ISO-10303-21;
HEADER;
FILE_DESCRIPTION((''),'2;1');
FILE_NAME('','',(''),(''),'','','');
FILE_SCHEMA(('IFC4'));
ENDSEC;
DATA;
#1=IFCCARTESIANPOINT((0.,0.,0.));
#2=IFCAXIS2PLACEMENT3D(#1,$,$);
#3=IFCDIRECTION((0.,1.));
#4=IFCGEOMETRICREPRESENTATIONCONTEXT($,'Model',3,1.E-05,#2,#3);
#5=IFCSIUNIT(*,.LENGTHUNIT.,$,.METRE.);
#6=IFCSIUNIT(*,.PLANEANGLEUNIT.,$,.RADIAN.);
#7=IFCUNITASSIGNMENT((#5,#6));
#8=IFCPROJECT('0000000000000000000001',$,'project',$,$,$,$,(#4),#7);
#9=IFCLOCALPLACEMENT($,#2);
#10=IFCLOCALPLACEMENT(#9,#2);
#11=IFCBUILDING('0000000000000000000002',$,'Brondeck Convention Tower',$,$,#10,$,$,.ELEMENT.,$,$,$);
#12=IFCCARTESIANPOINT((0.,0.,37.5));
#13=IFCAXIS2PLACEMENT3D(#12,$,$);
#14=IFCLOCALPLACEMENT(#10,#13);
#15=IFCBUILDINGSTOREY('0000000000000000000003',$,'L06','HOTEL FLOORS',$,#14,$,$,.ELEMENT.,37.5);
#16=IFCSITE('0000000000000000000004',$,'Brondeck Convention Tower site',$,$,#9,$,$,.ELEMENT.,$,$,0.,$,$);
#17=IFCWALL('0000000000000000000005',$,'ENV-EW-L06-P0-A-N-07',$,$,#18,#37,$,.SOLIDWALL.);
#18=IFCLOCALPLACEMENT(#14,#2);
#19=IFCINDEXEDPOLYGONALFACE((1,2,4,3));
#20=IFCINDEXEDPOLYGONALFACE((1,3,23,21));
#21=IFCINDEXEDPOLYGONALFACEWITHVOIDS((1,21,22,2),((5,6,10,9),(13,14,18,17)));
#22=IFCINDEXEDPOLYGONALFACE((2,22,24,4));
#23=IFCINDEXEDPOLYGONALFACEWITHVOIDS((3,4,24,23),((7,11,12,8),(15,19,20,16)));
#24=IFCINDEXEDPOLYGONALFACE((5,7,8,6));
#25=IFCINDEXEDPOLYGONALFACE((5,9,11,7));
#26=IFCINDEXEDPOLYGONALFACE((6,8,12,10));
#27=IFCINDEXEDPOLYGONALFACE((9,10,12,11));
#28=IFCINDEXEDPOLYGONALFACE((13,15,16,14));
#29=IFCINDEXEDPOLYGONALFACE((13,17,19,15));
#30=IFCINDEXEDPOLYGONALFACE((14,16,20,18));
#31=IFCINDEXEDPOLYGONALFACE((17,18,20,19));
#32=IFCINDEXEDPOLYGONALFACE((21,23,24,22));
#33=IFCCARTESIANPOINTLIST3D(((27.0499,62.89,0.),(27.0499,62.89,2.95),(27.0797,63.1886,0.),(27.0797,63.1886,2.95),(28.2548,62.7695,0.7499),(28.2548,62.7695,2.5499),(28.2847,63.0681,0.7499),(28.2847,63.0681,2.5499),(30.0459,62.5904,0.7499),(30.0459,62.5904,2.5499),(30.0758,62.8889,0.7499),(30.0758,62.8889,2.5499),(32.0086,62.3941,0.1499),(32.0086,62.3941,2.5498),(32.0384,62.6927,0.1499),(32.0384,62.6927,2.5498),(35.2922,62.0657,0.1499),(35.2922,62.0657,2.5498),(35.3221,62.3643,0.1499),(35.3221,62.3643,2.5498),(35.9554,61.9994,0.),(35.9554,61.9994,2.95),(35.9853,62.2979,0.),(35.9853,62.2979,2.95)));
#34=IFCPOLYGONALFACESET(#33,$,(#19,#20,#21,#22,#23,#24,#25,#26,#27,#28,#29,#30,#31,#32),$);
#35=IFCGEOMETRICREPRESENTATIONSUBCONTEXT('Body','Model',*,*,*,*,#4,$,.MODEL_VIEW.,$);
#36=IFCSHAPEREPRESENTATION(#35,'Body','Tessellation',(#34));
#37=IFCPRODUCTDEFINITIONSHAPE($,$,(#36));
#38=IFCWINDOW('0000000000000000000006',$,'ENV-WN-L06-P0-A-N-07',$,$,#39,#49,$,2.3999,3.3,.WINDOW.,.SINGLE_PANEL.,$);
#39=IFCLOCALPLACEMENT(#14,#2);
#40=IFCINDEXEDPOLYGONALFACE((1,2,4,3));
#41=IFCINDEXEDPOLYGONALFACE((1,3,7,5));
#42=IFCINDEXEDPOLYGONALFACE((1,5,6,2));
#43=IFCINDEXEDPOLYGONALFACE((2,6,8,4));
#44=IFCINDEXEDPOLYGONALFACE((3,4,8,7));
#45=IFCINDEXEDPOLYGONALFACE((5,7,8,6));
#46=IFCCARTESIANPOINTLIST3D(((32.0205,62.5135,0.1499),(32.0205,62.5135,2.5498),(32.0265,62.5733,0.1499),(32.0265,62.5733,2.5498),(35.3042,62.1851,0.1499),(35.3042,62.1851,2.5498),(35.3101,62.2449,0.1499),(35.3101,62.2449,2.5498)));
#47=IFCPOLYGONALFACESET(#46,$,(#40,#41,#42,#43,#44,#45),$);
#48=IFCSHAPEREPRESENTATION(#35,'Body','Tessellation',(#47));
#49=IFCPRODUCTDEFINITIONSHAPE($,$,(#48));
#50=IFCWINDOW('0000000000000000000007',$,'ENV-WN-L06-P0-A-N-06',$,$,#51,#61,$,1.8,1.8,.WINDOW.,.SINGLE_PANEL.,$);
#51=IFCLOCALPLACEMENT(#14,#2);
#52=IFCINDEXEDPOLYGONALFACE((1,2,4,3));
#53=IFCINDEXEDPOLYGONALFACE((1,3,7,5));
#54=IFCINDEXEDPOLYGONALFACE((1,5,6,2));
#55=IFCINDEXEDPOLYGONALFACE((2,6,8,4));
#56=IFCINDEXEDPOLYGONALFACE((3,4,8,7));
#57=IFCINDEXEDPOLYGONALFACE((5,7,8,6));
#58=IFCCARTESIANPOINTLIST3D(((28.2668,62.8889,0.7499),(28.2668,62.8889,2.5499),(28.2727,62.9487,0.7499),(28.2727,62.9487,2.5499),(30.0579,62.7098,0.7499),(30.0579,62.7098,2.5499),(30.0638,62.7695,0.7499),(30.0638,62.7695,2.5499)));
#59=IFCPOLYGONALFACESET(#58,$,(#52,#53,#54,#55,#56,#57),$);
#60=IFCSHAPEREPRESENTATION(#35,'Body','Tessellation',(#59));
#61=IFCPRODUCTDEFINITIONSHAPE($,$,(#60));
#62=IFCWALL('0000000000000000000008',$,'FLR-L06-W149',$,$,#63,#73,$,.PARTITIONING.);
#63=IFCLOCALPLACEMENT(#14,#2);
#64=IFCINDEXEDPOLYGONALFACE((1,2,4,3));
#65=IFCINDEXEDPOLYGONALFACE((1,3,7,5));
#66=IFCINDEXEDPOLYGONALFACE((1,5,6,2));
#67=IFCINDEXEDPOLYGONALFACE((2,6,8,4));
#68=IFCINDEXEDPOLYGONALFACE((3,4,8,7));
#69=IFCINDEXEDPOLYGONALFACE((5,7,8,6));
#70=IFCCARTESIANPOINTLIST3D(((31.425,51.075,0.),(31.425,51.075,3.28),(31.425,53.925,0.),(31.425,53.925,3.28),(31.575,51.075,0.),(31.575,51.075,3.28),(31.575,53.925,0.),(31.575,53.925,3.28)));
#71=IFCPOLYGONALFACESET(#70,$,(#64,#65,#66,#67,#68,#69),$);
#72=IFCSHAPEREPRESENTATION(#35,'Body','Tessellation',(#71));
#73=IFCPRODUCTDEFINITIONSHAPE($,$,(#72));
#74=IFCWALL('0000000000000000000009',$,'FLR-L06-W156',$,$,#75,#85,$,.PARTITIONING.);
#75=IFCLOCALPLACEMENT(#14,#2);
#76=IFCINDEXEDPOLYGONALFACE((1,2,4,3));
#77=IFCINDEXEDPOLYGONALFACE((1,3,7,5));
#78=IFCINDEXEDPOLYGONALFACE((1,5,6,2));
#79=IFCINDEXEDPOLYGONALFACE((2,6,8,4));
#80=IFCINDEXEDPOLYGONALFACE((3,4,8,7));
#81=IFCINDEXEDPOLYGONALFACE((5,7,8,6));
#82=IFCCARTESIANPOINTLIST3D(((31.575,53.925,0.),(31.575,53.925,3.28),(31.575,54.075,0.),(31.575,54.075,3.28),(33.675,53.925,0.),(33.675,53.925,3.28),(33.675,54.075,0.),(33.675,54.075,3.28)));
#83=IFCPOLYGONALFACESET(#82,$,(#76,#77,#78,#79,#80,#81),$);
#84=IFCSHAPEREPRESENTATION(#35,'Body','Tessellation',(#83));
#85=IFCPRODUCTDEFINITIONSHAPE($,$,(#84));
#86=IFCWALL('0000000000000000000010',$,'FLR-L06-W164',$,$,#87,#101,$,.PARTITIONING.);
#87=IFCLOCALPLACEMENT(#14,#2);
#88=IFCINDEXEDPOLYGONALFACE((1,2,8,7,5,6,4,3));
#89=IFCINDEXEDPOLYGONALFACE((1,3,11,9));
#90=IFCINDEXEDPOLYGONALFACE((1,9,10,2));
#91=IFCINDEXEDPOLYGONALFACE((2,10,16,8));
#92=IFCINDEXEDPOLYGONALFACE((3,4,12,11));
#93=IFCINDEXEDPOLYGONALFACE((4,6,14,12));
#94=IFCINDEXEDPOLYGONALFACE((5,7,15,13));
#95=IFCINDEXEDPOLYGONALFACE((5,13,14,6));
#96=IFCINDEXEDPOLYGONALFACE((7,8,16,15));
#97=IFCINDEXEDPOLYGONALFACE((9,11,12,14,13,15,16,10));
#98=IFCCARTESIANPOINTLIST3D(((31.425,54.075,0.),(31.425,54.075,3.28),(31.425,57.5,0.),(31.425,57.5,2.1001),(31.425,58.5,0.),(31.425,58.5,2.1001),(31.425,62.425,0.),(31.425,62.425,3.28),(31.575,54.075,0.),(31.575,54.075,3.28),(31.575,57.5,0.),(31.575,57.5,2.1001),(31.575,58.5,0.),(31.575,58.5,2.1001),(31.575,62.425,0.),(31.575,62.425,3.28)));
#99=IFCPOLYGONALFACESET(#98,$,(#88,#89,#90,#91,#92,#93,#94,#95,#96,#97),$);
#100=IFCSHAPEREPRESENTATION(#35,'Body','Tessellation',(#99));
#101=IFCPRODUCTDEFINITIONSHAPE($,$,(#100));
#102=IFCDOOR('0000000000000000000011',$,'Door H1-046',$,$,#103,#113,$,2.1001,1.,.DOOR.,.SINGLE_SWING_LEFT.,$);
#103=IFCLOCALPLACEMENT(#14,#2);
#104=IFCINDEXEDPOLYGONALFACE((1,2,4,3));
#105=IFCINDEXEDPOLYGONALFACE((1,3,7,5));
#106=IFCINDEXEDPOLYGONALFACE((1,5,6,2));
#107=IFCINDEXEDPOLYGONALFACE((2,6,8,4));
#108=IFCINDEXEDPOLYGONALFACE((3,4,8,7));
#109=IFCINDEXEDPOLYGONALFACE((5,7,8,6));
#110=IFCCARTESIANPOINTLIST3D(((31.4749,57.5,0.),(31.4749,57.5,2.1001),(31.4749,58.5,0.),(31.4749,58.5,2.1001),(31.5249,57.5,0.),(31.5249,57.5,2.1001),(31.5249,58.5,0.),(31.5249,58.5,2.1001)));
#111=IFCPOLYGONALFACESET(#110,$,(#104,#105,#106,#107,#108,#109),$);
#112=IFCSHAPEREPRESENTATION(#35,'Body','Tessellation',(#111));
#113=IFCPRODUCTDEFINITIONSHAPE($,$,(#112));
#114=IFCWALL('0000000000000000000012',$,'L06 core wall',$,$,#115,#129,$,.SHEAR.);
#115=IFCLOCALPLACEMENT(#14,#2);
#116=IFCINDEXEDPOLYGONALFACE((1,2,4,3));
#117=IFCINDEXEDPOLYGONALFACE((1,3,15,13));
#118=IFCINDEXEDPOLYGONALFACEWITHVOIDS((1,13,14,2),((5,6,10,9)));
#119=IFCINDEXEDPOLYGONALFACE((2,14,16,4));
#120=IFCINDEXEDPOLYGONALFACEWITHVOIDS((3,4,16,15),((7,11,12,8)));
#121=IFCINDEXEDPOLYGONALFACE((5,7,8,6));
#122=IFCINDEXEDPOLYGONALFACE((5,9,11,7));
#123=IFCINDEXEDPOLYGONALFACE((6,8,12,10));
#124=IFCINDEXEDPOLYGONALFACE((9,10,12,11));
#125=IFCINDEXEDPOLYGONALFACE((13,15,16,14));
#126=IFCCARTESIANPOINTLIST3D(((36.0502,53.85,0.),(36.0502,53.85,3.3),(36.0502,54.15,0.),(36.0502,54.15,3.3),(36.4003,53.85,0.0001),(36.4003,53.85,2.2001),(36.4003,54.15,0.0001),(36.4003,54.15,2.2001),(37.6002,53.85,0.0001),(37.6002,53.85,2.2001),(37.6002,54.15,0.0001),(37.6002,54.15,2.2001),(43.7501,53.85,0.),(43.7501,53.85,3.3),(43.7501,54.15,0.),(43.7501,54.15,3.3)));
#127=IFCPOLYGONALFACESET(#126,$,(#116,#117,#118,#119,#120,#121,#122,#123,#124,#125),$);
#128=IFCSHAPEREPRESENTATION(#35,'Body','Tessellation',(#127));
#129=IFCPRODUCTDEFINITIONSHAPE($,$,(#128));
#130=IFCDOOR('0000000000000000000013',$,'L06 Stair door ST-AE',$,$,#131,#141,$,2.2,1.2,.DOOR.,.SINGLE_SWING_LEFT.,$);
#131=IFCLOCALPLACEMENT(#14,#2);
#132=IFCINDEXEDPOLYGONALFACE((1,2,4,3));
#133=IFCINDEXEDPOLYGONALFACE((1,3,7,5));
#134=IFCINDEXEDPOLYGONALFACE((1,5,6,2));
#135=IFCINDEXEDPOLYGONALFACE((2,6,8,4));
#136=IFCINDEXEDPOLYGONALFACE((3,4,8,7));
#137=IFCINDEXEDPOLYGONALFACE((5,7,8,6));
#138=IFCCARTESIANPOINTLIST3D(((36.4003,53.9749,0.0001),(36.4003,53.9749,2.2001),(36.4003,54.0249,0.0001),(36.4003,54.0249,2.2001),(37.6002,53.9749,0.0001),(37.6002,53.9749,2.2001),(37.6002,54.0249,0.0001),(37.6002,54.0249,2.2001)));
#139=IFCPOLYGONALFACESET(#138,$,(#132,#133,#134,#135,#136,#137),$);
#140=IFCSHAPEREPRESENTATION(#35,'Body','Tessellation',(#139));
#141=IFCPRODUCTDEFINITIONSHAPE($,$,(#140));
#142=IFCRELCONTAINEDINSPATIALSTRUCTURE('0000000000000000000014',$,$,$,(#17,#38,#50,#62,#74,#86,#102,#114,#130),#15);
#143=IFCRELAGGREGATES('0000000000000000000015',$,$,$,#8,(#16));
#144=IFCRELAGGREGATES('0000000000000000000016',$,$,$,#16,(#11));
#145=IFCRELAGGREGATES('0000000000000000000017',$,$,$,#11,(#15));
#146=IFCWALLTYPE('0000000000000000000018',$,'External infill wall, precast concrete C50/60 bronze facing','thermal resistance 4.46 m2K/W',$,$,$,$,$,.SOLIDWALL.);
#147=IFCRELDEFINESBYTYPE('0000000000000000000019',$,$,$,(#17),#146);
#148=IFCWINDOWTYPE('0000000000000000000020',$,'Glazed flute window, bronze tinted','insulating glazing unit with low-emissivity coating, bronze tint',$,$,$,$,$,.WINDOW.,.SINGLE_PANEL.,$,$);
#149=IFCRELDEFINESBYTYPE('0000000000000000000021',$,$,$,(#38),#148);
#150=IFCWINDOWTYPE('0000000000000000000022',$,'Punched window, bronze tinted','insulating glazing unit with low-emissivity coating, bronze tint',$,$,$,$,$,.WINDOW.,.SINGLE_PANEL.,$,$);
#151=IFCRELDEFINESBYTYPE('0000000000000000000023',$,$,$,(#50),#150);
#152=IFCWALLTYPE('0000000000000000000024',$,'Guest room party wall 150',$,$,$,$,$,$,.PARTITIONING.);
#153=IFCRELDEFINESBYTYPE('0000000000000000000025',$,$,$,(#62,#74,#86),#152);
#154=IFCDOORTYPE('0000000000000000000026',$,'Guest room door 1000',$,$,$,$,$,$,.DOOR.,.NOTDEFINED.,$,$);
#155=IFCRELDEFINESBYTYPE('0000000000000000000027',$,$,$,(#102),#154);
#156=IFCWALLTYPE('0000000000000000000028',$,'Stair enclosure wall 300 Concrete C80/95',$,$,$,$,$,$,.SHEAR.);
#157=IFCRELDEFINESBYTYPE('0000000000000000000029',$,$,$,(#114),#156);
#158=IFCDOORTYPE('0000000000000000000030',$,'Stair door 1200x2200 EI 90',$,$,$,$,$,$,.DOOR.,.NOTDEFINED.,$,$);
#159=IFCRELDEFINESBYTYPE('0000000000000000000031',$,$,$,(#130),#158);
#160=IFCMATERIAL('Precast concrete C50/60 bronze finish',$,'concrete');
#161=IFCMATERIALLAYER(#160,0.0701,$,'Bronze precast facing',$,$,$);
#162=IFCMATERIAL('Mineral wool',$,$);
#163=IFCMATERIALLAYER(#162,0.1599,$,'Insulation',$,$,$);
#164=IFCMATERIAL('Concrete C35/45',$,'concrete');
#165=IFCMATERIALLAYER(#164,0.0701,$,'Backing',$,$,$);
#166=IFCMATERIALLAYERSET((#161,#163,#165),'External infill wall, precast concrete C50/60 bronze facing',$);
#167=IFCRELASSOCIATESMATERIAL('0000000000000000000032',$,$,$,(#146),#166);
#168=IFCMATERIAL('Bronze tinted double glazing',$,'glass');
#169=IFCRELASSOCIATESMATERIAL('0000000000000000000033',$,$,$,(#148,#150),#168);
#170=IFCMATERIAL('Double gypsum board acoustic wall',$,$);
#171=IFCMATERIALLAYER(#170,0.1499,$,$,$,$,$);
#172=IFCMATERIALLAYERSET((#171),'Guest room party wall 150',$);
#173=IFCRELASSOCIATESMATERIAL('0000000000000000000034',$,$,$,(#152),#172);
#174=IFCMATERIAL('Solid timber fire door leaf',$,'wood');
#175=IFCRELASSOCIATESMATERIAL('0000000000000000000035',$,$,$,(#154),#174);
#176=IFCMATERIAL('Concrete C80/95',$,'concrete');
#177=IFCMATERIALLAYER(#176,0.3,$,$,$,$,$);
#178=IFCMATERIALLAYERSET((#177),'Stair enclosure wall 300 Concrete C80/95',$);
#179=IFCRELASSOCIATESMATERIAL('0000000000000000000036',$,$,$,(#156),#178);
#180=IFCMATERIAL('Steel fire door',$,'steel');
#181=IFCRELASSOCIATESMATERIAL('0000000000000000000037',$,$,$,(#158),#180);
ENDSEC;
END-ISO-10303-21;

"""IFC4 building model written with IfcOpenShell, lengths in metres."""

from ifc_helpers import new_model, si_unit, direction, frame, frame_2d, origin, place, context, subcontext, project, spatial, rectangle, extrude, material, layer, layer_set, type_object, element, fill, save


model = new_model("IFC4")

# Units and contexts
model_context = context("Model", 3, precision=1e-05, world=origin(), true_north=direction((0.0, 1.0)))
body_context = subcontext(model_context, "Body", "Model", "MODEL_VIEW")
ifc_project = project(units=[si_unit("LENGTHUNIT", "METRE"), si_unit("PLANEANGLEUNIT", "RADIAN")], contexts=[model_context])

# Site, building, storey
site_placement = place(None, origin())
site = spatial("IfcSite", under=ifc_project, at=site_placement, Name="Brondeck Convention Tower site", CompositionType="ELEMENT", RefElevation=0.0)
building_placement = place(site_placement, origin())
building = spatial("IfcBuilding", under=site, at=building_placement, Name="Brondeck Convention Tower", CompositionType="ELEMENT")
storey_placement = place(building_placement, frame((0.0, 0.0, 37.5)))
storey = spatial("IfcBuildingStorey", under=building, at=storey_placement, Name="L06", Description="HOTEL FLOORS", CompositionType="ELEMENT", Elevation=37.5)

# Shared definitions
ifc_material_1 = material(Name="Concrete C80/95", Category="concrete")

# Wall, openings, windows
ifc_material_2 = material(Name="Precast concrete C50/60 bronze finish", Category="concrete")
ifc_layer_1 = layer(ifc_material_2, 0.0701, Name="Bronze precast facing")
ifc_material_3 = material(Name="Mineral wool")
ifc_layer_2 = layer(ifc_material_3, 0.1599, Name="Insulation")
ifc_material_4 = material(Name="Concrete C35/45", Category="concrete")
ifc_layer_3 = layer(ifc_material_4, 0.0701, Name="Backing")
ifc_layer_set_1 = layer_set([ifc_layer_1, ifc_layer_2, ifc_layer_3], Name="External infill wall, precast concrete C50/60 bronze facing")
wall_type_1 = type_object("IfcWallType", Name="External infill wall, precast concrete C50/60 bronze facing", Description="thermal resistance 4.46 m2K/W", PredefinedType="SOLIDWALL", material=ifc_layer_set_1)
ifc_material_5 = material(Name="Bronze tinted double glazing", Category="glass")
window_type_1 = type_object("IfcWindowType", Name="Glazed flute window, bronze tinted", Description="insulating glazing unit with low-emissivity coating, bronze tint", PartitioningType="SINGLE_PANEL", PredefinedType="WINDOW", material=ifc_material_5)
window_type_2 = type_object("IfcWindowType", Name="Punched window, bronze tinted", Description="insulating glazing unit with low-emissivity coating, bronze tint", PartitioningType="SINGLE_PANEL", PredefinedType="WINDOW", material=ifc_material_5)
wall_1_placement = place(storey_placement, frame((27.0647, 63.0393, 0.0), z_axis=(0.0, 0.0, 1.0), x_axis=(0.995036, -0.099512, 0.0)))
wall_1 = element("IfcWall", 1, at=wall_1_placement, inside=storey, type_object=wall_type_1, Name="ENV-EW-L06-P0-A-N-07", PredefinedType="SOLIDWALL", context=body_context, shape_type="SweptSolid", body=[
    extrude(rectangle(XDim=8.95, YDim=0.3, at=frame_2d((4.4751, 0.0))), origin(), (0.0, 0.0, 1.0), 2.95),
])
opening_1_placement = place(wall_1_placement, frame((1.2112, 0.0, 0.75)))
opening_1 = element("IfcOpeningElement", 2, at=opening_1_placement, cuts=wall_1, PredefinedType="OPENING", context=body_context, shape_type="SweptSolid", body=[
    extrude(rectangle(XDim=1.8, YDim=1.8, at=frame_2d((0.8999, 0.8999))), frame((0.0, 0.1599, 0.0), z_axis=(0.0, -1.0, 0.0), x_axis=(1.0, 0.0, 0.0)), (0.0, 0.0, 1.0), 0.3201),
])
opening_2_placement = place(wall_1_placement, frame((4.9836, 0.0, 0.1499)))
opening_2 = element("IfcOpeningElement", 3, at=opening_2_placement, cuts=wall_1, PredefinedType="OPENING", context=body_context, shape_type="SweptSolid", body=[
    extrude(rectangle(XDim=3.3, YDim=2.3999, at=frame_2d((1.6499, 1.2))), frame((0.0, 0.1599, 0.0), z_axis=(0.0, -1.0, 0.0), x_axis=(1.0, 0.0, 0.0)), (0.0, 0.0, 1.0), 0.3201),
])
window_1_placement = place(opening_2_placement, origin())
window_1 = element("IfcWindow", 4, at=window_1_placement, inside=storey, type_object=window_type_1, Name="ENV-WN-L06-P0-A-N-07", OverallHeight=2.3999, OverallWidth=3.3, PartitioningType="SINGLE_PANEL", PredefinedType="WINDOW", context=body_context, shape_type="SweptSolid", body=[
    extrude(rectangle(XDim=3.3, YDim=2.3999, at=frame_2d((1.6499, 1.2))), frame((0.0, 0.03, 0.0), z_axis=(0.0, -1.0, 0.0), x_axis=(1.0, 0.0, 0.0)), (0.0, 0.0, 1.0), 0.0601),
])
fill(opening_2, window_1)
window_2_placement = place(opening_1_placement, origin())
window_2 = element("IfcWindow", 5, at=window_2_placement, inside=storey, type_object=window_type_2, Name="ENV-WN-L06-P0-A-N-06", OverallHeight=1.8, OverallWidth=1.8, PartitioningType="SINGLE_PANEL", PredefinedType="WINDOW", context=body_context, shape_type="SweptSolid", body=[
    extrude(rectangle(XDim=1.8, YDim=1.8, at=frame_2d((0.8999, 0.8999))), frame((0.0, 0.03, 0.0), z_axis=(0.0, -1.0, 0.0), x_axis=(1.0, 0.0, 0.0)), (0.0, 0.0, 1.0), 0.0601),
])
fill(opening_1, window_2)

# Walls
ifc_material_6 = material(Name="Double gypsum board acoustic wall")
ifc_layer_4 = layer(ifc_material_6, 0.1499)
ifc_layer_set_2 = layer_set([ifc_layer_4], Name="Guest room party wall 150")
wall_type_2 = type_object("IfcWallType", Name="Guest room party wall 150", PredefinedType="PARTITIONING", material=ifc_layer_set_2)
wall_2_placement = place(storey_placement, frame((31.5, 53.925, 0.0), z_axis=(0.0, 0.0, 1.0), x_axis=(0.0, -1.0, 0.0)))
element("IfcWall", 6, at=wall_2_placement, inside=storey, type_object=wall_type_2, Name="FLR-L06-W149", PredefinedType="PARTITIONING", context=body_context, shape_type="SweptSolid", body=[
    extrude(rectangle(XDim=2.8501, YDim=0.1499, at=frame_2d((1.425, 0.0))), origin(), (0.0, 0.0, 1.0), 3.28),
])
wall_3_placement = place(storey_placement, frame((33.675, 54.0, 0.0), z_axis=(0.0, 0.0, 1.0), x_axis=(-1.0, 0.0, 0.0)))
element("IfcWall", 7, at=wall_3_placement, inside=storey, type_object=wall_type_2, Name="FLR-L06-W156", PredefinedType="PARTITIONING", context=body_context, shape_type="SweptSolid", body=[
    extrude(rectangle(XDim=2.1001, YDim=0.1499, at=frame_2d((1.05, 0.0))), origin(), (0.0, 0.0, 1.0), 3.28),
])

# Walls, openings, doors
wall_4_placement = place(storey_placement, frame((31.5, 62.425, 0.0), z_axis=(0.0, 0.0, 1.0), x_axis=(0.0, -1.0, 0.0)))
wall_4 = element("IfcWall", 8, at=wall_4_placement, inside=storey, type_object=wall_type_2, Name="FLR-L06-W164", PredefinedType="PARTITIONING", context=body_context, shape_type="SweptSolid", body=[
    extrude(rectangle(XDim=8.3501, YDim=0.1499, at=frame_2d((4.175, 0.0))), origin(), (0.0, 0.0, 1.0), 3.28),
])
opening_3_placement = place(wall_4_placement, frame((3.925, 0.0, 0.0)))
opening_3 = element("IfcOpeningElement", 9, at=opening_3_placement, cuts=wall_4, PredefinedType="OPENING", context=body_context, shape_type="SweptSolid", body=[
    extrude(rectangle(XDim=1.0, YDim=2.1001, at=frame_2d((0.5, 1.05))), frame((0.0, 0.085, 0.0), z_axis=(0.0, -1.0, 0.0), x_axis=(1.0, 0.0, 0.0)), (0.0, 0.0, 1.0), 0.1699),
])
ifc_material_7 = material(Name="Solid timber fire door leaf", Category="wood")
door_type_1 = type_object("IfcDoorType", Name="Guest room door 1000", OperationType="NOTDEFINED", PredefinedType="DOOR", material=ifc_material_7)
door_1_placement = place(opening_3_placement, origin())
door_1 = element("IfcDoor", 10, at=door_1_placement, inside=storey, type_object=door_type_1, Name="Door H1-046", OperationType="SINGLE_SWING_LEFT", OverallHeight=2.1001, OverallWidth=1.0, PredefinedType="DOOR", context=body_context, shape_type="SweptSolid", body=[
    extrude(rectangle(XDim=1.0, YDim=2.1001, at=frame_2d((0.5, 1.05))), frame((0.0, 0.0249, 0.0), z_axis=(0.0, -1.0, 0.0), x_axis=(1.0, 0.0, 0.0)), (0.0, 0.0, 1.0), 0.05),
])
fill(opening_3, door_1)
ifc_layer_5 = layer(ifc_material_1, 0.3)
ifc_layer_set_3 = layer_set([ifc_layer_5], Name="Stair enclosure wall 300 Concrete C80/95")
wall_type_3 = type_object("IfcWallType", Name="Stair enclosure wall 300 Concrete C80/95", PredefinedType="SHEAR", material=ifc_layer_set_3)
wall_5_placement = place(storey_placement, frame((36.05, 54.0, 0.0), z_axis=(0.0, 0.0, 1.0), x_axis=(1.0, 0.0, 0.0)))
wall_5 = element("IfcWall", 11, at=wall_5_placement, inside=storey, type_object=wall_type_3, Name="L06 core wall", PredefinedType="SHEAR", context=body_context, shape_type="SweptSolid", body=[
    extrude(rectangle(XDim=7.7, YDim=0.3, at=frame_2d((3.8501, 0.0))), origin(), (0.0, 0.0, 1.0), 3.3),
])
opening_4_placement = place(wall_5_placement, frame((0.3501, 0.0, 0.0)))
opening_4 = element("IfcOpeningElement", 12, at=opening_4_placement, cuts=wall_5, PredefinedType="OPENING", context=body_context, shape_type="SweptSolid", body=[
    extrude(rectangle(XDim=1.2, YDim=2.2, at=frame_2d((0.6001, 1.1001))), frame((0.0, 0.1599, 0.0), z_axis=(0.0, -1.0, 0.0), x_axis=(1.0, 0.0, 0.0)), (0.0, 0.0, 1.0), 0.3201),
])
ifc_material_8 = material(Name="Steel fire door", Category="steel")
door_type_2 = type_object("IfcDoorType", Name="Stair door 1200x2200 EI 90", OperationType="NOTDEFINED", PredefinedType="DOOR", material=ifc_material_8)
door_2_placement = place(opening_4_placement, origin())
door_2 = element("IfcDoor", 13, at=door_2_placement, inside=storey, type_object=door_type_2, Name="L06 Stair door ST-AE", OperationType="SINGLE_SWING_LEFT", OverallHeight=2.2, OverallWidth=1.2, PredefinedType="DOOR", context=body_context, shape_type="SweptSolid", body=[
    extrude(rectangle(XDim=1.2, YDim=2.2, at=frame_2d((0.6001, 1.1001))), frame((0.0, 0.0249, 0.0), z_axis=(0.0, -1.0, 0.0), x_axis=(1.0, 0.0, 0.0)), (0.0, 0.0, 1.0), 0.05),
])
fill(opening_4, door_2)

save(model, "model.ifc")
